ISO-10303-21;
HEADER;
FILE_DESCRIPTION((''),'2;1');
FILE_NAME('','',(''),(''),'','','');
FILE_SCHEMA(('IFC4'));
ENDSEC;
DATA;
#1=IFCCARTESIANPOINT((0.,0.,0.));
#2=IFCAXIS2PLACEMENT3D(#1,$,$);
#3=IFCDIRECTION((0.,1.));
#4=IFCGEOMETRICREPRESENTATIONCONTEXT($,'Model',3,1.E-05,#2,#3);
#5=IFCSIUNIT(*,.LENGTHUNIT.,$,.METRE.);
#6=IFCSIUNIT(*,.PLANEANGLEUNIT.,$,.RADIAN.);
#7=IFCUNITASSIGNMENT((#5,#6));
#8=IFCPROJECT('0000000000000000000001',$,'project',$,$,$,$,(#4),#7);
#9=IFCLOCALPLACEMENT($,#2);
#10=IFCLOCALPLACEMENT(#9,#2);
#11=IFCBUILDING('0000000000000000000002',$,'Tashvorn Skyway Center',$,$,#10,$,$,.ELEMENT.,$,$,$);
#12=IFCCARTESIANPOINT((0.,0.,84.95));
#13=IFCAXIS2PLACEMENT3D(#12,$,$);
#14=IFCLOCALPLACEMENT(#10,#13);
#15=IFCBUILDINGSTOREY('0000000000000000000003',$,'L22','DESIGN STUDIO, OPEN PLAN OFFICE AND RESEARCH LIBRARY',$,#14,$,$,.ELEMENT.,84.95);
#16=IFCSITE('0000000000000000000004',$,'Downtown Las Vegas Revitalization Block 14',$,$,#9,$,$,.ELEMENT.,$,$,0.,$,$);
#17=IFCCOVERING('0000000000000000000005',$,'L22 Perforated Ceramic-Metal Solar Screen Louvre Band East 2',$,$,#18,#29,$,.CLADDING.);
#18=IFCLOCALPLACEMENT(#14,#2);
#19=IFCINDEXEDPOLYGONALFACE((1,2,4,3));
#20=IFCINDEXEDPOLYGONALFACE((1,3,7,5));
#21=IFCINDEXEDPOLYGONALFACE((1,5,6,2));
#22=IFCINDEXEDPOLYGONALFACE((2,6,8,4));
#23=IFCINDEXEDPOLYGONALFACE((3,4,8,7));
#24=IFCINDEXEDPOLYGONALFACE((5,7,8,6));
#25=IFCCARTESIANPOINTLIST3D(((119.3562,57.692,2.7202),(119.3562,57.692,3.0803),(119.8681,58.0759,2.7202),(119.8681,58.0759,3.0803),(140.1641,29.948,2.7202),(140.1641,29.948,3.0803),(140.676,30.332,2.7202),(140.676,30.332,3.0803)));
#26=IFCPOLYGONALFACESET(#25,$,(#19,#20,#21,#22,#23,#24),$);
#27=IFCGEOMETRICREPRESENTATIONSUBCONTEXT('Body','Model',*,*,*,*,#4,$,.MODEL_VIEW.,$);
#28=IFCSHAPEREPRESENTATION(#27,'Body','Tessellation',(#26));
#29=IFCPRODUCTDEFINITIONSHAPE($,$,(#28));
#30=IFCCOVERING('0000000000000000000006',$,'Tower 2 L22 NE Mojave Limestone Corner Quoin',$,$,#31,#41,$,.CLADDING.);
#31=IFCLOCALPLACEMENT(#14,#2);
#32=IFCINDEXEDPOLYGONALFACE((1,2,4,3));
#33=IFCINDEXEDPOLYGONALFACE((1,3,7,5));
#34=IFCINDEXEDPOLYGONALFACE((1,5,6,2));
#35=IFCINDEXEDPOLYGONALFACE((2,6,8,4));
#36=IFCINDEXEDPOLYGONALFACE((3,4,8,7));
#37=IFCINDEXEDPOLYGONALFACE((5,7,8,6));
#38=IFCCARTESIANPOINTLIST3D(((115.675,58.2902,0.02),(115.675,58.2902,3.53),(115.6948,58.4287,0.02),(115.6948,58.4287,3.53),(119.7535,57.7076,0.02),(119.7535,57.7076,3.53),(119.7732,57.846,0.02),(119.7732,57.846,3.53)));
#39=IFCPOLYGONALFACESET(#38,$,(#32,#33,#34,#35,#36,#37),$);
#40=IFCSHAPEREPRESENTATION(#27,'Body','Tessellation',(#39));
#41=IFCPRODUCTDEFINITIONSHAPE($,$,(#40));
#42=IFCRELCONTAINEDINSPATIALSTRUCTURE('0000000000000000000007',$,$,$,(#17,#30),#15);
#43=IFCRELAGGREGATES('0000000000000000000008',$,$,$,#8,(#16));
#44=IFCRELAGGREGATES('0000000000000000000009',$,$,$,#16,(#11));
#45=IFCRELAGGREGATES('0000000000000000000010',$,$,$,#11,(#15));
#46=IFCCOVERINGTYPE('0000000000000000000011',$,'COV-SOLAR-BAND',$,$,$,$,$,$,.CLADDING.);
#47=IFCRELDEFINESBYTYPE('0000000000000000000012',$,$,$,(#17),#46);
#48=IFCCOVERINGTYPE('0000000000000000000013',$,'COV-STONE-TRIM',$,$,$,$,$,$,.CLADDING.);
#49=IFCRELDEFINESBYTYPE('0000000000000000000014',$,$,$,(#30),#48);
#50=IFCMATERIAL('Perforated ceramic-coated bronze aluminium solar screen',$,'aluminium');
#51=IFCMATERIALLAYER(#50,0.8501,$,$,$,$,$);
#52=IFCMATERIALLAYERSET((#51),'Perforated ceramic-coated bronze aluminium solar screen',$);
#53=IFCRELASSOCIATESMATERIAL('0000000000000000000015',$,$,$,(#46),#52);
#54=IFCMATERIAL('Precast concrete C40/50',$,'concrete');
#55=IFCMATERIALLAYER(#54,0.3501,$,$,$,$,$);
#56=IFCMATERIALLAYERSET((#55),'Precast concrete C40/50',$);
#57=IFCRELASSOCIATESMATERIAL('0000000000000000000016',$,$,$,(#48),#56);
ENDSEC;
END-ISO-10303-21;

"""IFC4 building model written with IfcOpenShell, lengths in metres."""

from ifc_helpers import new_model, si_unit, direction, frame, origin, origin_2d, place, context, subcontext, project, spatial, rectangle, extrude, material, layer, layer_set, type_object, element, save


model = new_model("IFC4")

# Units and contexts
model_context = context("Model", 3, precision=1e-05, world=origin(), true_north=direction((0.0, 1.0)))
body_context = subcontext(model_context, "Body", "Model", "MODEL_VIEW")
ifc_project = project(units=[si_unit("LENGTHUNIT", "METRE"), si_unit("PLANEANGLEUNIT", "RADIAN")], contexts=[model_context])

# Site, building, storey
site_placement = place(None, origin())
site = spatial("IfcSite", under=ifc_project, at=site_placement, Name="Downtown Las Vegas Revitalization Block 14", CompositionType="ELEMENT", RefElevation=0.0)
building_placement = place(site_placement, origin())
building = spatial("IfcBuilding", under=site, at=building_placement, Name="Tashvorn Skyway Center", CompositionType="ELEMENT")
storey_placement = place(building_placement, frame((0.0, 0.0, 84.95)))
storey = spatial("IfcBuildingStorey", under=building, at=storey_placement, Name="L22", Description="DESIGN STUDIO, OPEN PLAN OFFICE AND RESEARCH LIBRARY", CompositionType="ELEMENT", Elevation=84.95)

# Shared definitions
ifc_material_1 = material(Name="Precast concrete C40/50", Category="concrete")

# Coverings
ifc_material_2 = material(Name="Perforated ceramic-coated bronze aluminium solar screen", Category="aluminium")
ifc_layer_1 = layer(ifc_material_2, 0.8501)
ifc_layer_set_1 = layer_set([ifc_layer_1], Name="Perforated ceramic-coated bronze aluminium solar screen")
covering_type_1 = type_object("IfcCoveringType", Name="COV-SOLAR-BAND", PredefinedType="CLADDING", material=ifc_layer_set_1)
for number, where, z_axis, x_axis, name in (
    (1, (130.0161, 44.012, 2.7202), (0.0, 0.0, 1.0), (0.6, -0.8, 0.0), "L22 Perforated Ceramic-Metal Solar Screen Louvre Band East 2"),
):
    element("IfcCovering", number, at=place(storey_placement, frame(where, z_axis=z_axis, x_axis=x_axis)), inside=storey, type_object=covering_type_1, Name=name, PredefinedType="CLADDING", context=body_context, shape_type="SweptSolid", body=[
        extrude(rectangle(XDim=34.6799, YDim=0.6399, at=origin_2d()), origin(), (0.0, 0.0, 1.0), 0.3601),
    ])
ifc_layer_2 = layer(ifc_material_1, 0.3501)
ifc_layer_set_2 = layer_set([ifc_layer_2], Name="Precast concrete C40/50")
covering_type_2 = type_object("IfcCoveringType", Name="COV-STONE-TRIM", PredefinedType="CLADDING", material=ifc_layer_set_2)
covering_1_placement = place(storey_placement, frame((117.7241, 58.0681, 0.02), z_axis=(0.0, 0.0, 1.0), x_axis=(0.989949, -0.141421, 0.0)))
element("IfcCovering", 2, at=covering_1_placement, inside=storey, type_object=covering_type_2, Name="Tower 2 L22 NE Mojave Limestone Corner Quoin", PredefinedType="CLADDING", context=body_context, shape_type="SweptSolid", body=[
    extrude(rectangle(XDim=4.1199, YDim=0.1399, at=origin_2d()), origin(), (0.0, 0.0, 1.0), 3.51),
])

save(model, "model.ifc")
